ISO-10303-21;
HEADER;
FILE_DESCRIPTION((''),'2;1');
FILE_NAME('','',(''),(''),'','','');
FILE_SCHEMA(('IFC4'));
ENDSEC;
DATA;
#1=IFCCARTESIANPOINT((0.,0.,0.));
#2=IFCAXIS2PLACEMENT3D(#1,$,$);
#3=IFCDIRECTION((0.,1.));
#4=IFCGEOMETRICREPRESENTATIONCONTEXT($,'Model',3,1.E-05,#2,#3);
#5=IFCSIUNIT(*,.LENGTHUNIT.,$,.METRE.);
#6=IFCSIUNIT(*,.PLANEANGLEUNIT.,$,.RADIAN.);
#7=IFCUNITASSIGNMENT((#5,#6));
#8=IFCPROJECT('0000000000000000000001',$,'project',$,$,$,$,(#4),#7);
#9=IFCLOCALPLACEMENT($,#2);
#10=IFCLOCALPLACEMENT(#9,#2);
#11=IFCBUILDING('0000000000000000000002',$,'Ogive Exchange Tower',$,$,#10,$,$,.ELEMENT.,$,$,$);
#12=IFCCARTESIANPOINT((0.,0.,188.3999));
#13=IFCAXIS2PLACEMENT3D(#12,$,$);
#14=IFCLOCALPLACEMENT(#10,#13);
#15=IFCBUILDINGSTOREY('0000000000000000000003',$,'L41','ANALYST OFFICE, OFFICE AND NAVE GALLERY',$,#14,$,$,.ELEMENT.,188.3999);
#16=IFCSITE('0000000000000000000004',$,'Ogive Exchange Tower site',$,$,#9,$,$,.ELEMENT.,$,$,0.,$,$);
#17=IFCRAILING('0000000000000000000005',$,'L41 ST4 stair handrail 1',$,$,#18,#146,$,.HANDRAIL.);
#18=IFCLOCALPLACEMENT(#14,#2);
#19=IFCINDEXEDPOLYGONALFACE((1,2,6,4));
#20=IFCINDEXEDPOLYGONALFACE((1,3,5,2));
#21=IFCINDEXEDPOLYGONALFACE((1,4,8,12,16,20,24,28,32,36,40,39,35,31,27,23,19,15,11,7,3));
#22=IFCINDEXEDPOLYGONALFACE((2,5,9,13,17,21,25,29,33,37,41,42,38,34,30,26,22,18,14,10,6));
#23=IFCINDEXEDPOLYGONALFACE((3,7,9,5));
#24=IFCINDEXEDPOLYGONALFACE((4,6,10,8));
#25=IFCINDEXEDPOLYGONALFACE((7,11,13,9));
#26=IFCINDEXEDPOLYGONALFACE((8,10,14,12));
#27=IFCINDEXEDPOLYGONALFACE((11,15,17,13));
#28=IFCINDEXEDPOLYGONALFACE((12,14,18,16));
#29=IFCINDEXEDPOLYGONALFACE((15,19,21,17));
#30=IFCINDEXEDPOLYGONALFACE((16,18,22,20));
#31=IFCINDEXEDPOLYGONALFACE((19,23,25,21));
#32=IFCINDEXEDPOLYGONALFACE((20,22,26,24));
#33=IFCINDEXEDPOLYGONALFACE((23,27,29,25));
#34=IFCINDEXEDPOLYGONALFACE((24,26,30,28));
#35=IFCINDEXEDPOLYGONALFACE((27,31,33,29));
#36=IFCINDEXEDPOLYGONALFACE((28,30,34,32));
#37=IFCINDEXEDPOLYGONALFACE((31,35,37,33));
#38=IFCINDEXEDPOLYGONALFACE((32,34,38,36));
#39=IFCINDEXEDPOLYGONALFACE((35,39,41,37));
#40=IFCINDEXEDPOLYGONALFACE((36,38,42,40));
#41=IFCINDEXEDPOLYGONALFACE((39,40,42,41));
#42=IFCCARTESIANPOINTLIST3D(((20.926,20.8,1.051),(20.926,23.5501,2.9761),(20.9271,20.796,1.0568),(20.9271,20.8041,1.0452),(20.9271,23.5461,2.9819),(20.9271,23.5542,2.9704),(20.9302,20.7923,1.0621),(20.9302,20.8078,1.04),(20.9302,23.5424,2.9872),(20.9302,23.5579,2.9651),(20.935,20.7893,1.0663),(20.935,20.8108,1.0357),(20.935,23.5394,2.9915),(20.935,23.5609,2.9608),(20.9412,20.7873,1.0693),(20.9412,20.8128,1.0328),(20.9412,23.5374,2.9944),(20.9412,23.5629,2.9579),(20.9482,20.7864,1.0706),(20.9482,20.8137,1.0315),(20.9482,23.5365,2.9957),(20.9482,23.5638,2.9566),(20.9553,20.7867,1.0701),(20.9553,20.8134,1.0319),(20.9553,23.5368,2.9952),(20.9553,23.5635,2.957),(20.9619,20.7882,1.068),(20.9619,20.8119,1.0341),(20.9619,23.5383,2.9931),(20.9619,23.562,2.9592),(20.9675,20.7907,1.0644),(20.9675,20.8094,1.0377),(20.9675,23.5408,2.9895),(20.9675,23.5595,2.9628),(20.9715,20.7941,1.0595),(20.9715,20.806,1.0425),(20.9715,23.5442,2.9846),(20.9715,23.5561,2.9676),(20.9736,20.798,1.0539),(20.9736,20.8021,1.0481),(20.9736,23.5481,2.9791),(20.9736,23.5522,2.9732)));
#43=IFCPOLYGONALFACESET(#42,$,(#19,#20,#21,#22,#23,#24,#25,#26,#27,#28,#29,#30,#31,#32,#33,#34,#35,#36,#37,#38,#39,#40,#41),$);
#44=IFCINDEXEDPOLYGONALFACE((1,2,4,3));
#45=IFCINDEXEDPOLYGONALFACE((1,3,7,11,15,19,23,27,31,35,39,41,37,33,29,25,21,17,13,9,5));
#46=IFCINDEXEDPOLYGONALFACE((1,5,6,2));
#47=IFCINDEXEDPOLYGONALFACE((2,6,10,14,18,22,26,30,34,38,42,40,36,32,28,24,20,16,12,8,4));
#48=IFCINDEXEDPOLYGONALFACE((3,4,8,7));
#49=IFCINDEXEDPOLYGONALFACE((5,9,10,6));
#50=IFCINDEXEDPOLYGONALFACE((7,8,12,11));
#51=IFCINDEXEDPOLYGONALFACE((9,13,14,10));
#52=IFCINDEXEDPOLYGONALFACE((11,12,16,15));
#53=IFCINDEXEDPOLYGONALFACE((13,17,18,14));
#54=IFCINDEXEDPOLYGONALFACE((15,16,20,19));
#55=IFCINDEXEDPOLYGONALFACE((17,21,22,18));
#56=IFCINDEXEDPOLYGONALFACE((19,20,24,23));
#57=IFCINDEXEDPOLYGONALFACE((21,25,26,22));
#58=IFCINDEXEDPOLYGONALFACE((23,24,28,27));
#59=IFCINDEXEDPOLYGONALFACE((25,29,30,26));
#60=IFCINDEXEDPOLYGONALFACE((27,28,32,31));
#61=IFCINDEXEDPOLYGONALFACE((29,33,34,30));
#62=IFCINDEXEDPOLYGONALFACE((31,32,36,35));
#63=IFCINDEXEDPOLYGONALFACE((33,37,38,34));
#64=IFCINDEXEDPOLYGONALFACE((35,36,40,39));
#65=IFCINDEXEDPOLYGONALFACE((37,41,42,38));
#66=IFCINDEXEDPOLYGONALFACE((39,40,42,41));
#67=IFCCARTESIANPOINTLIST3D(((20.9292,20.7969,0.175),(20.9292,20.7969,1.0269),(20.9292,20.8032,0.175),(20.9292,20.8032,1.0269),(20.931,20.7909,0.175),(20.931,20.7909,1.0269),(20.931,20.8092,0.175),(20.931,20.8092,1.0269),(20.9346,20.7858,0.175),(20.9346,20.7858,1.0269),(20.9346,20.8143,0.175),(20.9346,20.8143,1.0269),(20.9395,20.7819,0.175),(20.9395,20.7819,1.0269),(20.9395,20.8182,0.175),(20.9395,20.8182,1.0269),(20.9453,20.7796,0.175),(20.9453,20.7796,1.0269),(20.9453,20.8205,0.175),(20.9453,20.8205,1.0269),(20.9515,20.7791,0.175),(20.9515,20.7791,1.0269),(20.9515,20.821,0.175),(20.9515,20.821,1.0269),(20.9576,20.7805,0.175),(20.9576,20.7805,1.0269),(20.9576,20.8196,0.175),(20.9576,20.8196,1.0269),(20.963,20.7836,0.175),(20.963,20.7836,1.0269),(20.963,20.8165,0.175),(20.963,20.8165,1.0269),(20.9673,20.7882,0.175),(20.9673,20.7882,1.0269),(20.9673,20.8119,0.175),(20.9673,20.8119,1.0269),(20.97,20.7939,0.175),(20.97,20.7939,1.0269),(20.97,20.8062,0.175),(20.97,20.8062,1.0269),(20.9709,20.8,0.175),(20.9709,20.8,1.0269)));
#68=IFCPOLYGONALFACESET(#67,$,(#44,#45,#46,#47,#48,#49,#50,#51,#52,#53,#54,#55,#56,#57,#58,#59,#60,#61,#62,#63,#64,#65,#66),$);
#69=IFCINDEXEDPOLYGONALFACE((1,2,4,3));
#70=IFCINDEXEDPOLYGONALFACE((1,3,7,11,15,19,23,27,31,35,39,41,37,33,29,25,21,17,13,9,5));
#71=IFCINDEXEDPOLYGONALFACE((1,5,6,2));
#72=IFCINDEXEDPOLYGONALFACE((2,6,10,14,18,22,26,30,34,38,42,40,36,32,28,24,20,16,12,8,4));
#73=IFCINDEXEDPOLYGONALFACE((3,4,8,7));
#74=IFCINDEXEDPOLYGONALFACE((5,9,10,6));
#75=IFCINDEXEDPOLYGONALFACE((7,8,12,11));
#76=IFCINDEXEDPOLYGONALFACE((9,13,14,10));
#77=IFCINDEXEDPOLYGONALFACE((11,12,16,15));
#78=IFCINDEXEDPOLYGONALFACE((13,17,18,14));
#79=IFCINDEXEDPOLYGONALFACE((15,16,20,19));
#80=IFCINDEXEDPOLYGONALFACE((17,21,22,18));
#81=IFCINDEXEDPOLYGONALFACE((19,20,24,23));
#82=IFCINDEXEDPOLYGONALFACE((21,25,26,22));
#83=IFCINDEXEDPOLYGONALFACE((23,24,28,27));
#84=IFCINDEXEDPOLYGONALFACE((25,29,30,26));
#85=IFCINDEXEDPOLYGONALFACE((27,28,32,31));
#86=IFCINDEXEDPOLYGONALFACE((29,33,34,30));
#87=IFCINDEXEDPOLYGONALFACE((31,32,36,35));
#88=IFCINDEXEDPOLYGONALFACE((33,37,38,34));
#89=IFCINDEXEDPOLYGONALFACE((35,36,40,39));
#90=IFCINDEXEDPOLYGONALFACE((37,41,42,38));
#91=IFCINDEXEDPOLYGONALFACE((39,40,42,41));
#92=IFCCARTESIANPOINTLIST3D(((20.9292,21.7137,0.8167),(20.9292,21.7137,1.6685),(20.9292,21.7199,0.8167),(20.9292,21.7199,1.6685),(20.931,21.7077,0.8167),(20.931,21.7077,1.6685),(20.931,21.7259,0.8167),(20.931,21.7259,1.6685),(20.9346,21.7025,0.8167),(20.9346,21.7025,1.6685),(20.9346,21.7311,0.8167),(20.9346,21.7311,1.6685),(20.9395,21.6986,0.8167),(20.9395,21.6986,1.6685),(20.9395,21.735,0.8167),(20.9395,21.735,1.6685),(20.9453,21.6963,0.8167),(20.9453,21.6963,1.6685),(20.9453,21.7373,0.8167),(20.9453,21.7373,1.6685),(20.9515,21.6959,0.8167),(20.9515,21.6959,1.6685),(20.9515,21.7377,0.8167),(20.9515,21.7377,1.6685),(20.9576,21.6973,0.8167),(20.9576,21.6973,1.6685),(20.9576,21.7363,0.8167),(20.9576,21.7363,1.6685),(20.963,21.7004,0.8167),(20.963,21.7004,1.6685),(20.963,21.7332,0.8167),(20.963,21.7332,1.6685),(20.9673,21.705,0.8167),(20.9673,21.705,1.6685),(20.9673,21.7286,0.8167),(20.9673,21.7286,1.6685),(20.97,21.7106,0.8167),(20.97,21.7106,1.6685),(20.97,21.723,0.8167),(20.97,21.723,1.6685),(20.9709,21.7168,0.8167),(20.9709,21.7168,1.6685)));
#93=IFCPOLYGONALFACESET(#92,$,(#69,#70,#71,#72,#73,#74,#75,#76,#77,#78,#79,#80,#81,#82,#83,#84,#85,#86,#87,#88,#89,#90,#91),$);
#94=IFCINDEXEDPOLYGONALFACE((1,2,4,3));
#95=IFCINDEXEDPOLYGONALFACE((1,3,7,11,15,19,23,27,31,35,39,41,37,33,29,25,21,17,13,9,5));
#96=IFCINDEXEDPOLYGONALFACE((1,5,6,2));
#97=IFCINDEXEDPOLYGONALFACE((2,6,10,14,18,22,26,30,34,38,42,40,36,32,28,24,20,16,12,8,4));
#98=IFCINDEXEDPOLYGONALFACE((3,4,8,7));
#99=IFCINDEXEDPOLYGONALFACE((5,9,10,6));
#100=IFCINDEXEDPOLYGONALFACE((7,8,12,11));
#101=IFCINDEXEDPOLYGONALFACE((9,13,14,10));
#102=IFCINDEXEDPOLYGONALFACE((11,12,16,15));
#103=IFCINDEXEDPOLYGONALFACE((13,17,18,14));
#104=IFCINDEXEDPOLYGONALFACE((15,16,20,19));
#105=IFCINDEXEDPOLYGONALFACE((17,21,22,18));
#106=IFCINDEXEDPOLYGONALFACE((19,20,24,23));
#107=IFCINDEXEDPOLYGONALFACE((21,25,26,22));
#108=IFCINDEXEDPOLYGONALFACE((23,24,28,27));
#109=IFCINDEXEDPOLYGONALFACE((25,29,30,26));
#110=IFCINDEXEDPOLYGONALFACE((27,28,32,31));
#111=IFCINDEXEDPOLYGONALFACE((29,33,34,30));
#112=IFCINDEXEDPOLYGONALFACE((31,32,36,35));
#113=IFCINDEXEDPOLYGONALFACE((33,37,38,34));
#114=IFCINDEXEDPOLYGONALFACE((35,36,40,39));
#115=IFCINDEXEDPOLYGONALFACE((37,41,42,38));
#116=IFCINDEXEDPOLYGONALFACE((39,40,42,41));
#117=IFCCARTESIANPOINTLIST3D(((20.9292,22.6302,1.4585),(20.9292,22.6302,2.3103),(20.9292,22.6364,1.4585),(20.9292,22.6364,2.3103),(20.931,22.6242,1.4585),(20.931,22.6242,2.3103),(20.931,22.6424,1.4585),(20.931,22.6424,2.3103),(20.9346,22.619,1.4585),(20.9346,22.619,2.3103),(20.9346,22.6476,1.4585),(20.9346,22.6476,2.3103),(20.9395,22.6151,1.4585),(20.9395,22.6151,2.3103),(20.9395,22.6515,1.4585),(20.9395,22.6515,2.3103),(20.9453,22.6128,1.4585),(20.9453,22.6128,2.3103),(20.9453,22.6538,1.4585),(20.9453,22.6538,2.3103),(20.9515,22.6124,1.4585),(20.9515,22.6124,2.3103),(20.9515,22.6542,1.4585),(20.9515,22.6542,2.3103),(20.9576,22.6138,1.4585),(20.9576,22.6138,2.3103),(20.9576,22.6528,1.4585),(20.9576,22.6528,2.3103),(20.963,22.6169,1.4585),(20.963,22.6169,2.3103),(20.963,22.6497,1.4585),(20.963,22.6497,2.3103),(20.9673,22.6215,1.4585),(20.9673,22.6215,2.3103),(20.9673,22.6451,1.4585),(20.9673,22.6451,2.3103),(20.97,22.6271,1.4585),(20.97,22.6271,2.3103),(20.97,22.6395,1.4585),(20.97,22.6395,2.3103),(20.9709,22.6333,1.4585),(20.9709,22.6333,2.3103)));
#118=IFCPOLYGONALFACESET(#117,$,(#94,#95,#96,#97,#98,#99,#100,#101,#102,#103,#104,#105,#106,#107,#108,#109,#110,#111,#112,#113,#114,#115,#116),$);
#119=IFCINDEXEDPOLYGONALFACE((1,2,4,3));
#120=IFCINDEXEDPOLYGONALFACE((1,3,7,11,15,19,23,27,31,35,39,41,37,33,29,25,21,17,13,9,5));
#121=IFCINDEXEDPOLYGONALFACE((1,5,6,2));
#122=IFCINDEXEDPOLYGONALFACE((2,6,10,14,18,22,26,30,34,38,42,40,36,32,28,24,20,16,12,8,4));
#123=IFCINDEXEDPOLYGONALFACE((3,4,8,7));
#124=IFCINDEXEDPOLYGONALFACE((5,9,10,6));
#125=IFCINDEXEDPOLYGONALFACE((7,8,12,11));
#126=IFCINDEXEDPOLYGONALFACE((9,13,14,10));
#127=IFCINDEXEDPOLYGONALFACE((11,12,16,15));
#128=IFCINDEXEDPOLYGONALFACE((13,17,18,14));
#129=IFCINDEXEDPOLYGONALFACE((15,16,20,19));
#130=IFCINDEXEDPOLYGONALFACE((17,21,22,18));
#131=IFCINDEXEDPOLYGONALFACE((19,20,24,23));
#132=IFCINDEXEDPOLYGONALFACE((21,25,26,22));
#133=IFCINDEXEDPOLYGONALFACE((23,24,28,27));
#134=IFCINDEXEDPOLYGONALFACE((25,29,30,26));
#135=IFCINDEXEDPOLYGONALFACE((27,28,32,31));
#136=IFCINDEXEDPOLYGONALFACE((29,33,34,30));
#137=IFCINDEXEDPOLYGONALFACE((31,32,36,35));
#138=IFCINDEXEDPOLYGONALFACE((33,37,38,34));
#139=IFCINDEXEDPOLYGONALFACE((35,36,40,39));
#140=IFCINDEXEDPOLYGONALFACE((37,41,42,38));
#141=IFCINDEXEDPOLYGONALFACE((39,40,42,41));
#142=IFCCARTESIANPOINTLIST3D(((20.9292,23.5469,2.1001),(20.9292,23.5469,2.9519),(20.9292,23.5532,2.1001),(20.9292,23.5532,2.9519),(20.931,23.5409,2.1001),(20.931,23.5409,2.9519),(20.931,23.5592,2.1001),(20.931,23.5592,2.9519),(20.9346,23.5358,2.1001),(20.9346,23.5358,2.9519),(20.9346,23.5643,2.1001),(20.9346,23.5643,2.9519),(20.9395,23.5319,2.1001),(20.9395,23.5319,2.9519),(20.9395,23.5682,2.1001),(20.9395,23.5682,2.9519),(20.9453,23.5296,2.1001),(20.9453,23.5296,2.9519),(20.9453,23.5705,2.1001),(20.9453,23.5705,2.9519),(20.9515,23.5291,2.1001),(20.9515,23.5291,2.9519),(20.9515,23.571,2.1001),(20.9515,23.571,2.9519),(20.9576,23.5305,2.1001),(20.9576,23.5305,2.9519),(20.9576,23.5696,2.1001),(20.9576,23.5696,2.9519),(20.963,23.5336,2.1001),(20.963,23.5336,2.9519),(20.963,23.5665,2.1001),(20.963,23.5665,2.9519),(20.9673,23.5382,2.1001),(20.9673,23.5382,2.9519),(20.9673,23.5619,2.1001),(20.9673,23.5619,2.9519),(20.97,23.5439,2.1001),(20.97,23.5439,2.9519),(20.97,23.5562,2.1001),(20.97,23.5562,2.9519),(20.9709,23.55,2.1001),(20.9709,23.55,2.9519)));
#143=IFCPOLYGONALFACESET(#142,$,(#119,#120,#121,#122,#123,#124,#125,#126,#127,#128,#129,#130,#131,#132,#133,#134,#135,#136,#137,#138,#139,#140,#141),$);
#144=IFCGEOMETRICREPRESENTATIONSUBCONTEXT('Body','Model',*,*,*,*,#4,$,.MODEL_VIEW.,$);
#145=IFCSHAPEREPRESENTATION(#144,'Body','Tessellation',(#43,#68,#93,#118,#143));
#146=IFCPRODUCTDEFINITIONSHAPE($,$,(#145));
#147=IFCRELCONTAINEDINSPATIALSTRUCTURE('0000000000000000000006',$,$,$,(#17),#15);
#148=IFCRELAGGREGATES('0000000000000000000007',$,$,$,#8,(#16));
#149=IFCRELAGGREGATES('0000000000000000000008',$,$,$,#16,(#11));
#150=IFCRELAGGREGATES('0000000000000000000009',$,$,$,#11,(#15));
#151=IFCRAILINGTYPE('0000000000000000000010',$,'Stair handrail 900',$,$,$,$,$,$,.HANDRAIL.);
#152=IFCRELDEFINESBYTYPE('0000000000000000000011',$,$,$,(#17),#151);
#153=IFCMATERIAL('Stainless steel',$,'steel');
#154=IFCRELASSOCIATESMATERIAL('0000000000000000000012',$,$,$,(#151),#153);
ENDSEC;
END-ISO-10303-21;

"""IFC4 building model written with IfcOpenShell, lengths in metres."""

from ifc_helpers import new_model, si_unit, direction, frame, origin, origin_2d, place, context, subcontext, project, spatial, circle, extrude, material, type_object, element, save


model = new_model("IFC4")

# Units and contexts
model_context = context("Model", 3, precision=1e-05, world=origin(), true_north=direction((0.0, 1.0)))
body_context = subcontext(model_context, "Body", "Model", "MODEL_VIEW")
ifc_project = project(units=[si_unit("LENGTHUNIT", "METRE"), si_unit("PLANEANGLEUNIT", "RADIAN")], contexts=[model_context])

# Site, building, storey
site_placement = place(None, origin())
site = spatial("IfcSite", under=ifc_project, at=site_placement, Name="Ogive Exchange Tower site", CompositionType="ELEMENT", RefElevation=0.0)
building_placement = place(site_placement, origin())
building = spatial("IfcBuilding", under=site, at=building_placement, Name="Ogive Exchange Tower", CompositionType="ELEMENT")
storey_placement = place(building_placement, frame((0.0, 0.0, 188.3999)))
storey = spatial("IfcBuildingStorey", under=building, at=storey_placement, Name="L41", Description="ANALYST OFFICE, OFFICE AND NAVE GALLERY", CompositionType="ELEMENT", Elevation=188.3999)

# Railing
ifc_material_1 = material(Name="Stainless steel", Category="steel")
railing_type = type_object("IfcRailingType", Name="Stair handrail 900", PredefinedType="HANDRAIL", material=ifc_material_1)
railing_placement = place(storey_placement, frame((20.95, 20.8, 0.175)))
element("IfcRailing", 1, at=railing_placement, inside=storey, type_object=railing_type, Name="L41 ST4 stair handrail 1", PredefinedType="HANDRAIL", context=body_context, shape_type="SweptSolid", body=[
    extrude(circle(Radius=0.0239, at=origin_2d()), frame((0.0, 0.0, 0.876), z_axis=(0.0, 0.819225, 0.573472), x_axis=(-1.0, 0.0, 0.0)), (0.0, 0.0, 1.0), 3.3569),
    extrude(circle(Radius=0.021, at=origin_2d()), origin(), (0.0, 0.0, 1.0), 0.8518),
    extrude(circle(Radius=0.021, at=origin_2d()), frame((0.0, 0.9167, 0.6416)), (0.0, 0.0, 1.0), 0.8518),
    extrude(circle(Radius=0.021, at=origin_2d()), frame((0.0, 1.8333, 1.2834)), (0.0, 0.0, 1.0), 0.8518),
    extrude(circle(Radius=0.021, at=origin_2d()), frame((0.0, 2.75, 1.925)), (0.0, 0.0, 1.0), 0.8518),
])

save(model, "model.ifc")
